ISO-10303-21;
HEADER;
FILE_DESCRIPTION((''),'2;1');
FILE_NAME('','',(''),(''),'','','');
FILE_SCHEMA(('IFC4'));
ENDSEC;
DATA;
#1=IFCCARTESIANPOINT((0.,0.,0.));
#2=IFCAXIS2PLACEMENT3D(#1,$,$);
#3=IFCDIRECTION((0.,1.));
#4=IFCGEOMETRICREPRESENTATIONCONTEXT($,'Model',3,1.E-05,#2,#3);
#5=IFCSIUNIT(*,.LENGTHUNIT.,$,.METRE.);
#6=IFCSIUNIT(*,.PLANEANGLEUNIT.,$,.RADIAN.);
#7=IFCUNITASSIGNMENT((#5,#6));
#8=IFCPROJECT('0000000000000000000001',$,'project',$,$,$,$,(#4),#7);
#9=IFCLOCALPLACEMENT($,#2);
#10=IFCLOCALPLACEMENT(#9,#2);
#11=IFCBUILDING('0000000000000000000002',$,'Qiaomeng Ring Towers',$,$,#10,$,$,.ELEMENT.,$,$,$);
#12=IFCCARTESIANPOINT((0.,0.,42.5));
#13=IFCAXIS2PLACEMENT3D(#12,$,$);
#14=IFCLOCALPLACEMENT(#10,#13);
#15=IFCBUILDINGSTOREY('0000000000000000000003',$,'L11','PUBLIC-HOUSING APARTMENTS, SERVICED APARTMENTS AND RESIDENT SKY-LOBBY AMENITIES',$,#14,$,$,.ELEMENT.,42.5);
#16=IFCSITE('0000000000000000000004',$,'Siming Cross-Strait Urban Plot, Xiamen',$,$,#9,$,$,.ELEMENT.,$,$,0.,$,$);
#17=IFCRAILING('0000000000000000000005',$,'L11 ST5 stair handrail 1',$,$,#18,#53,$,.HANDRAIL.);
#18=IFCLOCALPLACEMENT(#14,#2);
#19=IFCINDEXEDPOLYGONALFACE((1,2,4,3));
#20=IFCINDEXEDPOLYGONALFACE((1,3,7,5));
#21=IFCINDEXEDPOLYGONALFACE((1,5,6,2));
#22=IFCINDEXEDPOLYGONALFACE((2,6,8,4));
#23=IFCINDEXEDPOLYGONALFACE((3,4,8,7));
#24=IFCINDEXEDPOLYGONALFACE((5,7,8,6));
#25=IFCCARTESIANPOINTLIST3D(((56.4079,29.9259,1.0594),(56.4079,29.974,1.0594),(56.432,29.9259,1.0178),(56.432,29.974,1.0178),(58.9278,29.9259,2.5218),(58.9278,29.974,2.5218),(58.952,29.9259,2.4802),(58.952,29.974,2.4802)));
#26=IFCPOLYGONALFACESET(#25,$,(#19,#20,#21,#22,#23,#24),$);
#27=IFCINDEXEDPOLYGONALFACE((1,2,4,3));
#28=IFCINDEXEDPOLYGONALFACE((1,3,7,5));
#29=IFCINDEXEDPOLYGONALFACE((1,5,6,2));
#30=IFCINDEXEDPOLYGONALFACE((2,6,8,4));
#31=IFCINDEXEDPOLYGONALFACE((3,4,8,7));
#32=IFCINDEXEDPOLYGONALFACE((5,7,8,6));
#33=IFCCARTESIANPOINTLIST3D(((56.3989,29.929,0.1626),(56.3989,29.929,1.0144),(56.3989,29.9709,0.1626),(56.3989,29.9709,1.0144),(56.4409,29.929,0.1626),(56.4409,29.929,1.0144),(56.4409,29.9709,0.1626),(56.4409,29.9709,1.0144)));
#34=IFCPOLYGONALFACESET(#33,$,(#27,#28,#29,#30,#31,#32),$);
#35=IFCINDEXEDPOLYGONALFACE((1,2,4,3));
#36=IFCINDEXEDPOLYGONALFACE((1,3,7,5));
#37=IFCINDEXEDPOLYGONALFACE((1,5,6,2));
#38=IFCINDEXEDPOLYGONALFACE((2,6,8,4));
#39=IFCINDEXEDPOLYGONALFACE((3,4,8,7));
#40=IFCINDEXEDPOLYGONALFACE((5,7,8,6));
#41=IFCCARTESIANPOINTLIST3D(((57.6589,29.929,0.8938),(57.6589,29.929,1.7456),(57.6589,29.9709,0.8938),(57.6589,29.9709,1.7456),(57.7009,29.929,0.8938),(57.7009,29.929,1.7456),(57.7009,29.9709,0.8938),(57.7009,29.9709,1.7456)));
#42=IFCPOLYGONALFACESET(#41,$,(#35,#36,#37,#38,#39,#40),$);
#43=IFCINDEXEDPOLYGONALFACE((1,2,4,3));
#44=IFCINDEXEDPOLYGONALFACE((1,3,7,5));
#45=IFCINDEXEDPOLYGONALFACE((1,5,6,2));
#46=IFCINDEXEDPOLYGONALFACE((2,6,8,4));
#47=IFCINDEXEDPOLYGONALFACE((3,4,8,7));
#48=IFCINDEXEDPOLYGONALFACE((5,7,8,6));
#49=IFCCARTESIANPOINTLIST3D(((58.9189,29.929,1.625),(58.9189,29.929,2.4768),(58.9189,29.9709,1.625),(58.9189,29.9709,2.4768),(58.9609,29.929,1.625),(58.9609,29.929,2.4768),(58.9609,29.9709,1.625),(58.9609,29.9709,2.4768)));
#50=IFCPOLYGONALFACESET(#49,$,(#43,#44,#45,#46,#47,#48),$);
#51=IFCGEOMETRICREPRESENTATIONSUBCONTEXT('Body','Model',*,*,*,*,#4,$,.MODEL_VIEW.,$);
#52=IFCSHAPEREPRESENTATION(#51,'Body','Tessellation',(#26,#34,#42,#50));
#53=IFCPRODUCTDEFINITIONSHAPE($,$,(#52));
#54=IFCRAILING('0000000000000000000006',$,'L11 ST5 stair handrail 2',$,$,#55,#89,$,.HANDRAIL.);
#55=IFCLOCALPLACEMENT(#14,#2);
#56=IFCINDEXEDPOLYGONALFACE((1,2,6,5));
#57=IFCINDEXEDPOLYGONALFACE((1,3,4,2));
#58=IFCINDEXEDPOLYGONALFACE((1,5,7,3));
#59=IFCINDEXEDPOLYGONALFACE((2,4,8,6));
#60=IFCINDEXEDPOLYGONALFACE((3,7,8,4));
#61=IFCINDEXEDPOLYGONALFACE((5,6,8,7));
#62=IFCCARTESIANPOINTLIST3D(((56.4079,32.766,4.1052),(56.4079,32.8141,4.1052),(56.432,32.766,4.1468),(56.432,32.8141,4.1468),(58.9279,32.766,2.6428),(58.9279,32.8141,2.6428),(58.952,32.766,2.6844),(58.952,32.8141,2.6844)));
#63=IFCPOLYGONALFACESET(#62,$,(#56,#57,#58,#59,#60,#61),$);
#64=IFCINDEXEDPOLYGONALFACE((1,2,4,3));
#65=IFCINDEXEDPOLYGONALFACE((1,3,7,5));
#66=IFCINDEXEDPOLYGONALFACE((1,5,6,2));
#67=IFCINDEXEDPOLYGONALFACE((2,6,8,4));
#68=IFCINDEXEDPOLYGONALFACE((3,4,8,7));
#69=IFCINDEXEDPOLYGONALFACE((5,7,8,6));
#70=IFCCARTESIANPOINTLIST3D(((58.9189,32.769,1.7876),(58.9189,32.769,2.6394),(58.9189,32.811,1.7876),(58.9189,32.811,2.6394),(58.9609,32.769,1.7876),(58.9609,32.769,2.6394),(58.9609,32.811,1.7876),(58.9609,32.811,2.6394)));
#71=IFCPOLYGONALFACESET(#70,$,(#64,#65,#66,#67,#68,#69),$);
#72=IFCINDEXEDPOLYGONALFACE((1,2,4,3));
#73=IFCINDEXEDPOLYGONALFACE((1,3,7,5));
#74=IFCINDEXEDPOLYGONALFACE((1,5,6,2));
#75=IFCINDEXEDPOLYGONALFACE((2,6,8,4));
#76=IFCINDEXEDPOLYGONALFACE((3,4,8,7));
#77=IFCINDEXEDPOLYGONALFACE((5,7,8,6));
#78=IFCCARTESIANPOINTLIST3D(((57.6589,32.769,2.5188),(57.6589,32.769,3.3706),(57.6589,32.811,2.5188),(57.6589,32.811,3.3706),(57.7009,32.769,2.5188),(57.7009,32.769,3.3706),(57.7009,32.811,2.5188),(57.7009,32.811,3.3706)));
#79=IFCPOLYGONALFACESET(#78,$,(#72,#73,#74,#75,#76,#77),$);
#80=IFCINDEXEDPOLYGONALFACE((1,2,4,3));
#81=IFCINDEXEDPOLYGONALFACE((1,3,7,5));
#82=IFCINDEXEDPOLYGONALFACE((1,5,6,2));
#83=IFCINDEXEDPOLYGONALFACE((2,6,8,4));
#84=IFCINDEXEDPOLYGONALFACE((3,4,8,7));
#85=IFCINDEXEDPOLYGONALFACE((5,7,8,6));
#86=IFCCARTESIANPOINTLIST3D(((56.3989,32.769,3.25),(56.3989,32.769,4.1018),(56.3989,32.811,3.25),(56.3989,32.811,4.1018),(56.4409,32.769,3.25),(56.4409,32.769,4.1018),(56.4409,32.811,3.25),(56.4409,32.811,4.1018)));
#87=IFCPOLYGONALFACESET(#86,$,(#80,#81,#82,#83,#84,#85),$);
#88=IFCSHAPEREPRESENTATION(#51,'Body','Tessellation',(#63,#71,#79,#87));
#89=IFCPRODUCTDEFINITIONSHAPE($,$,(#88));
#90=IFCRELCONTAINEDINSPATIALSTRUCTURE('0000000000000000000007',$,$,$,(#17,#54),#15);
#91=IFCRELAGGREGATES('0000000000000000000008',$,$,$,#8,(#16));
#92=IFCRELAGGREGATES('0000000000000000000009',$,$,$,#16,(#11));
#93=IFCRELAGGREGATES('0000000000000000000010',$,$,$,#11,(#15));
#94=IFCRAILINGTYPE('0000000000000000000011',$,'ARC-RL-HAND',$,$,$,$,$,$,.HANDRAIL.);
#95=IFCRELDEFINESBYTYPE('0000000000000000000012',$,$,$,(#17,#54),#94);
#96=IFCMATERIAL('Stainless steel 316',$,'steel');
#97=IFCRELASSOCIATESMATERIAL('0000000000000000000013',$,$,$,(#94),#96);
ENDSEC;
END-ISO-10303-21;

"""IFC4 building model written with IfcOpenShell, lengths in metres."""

from ifc_helpers import new_model, si_unit, direction, frame, origin, origin_2d, place, context, subcontext, project, spatial, rectangle, extrude, material, type_object, element, save


model = new_model("IFC4")

# Units and contexts
model_context = context("Model", 3, precision=1e-05, world=origin(), true_north=direction((0.0, 1.0)))
body_context = subcontext(model_context, "Body", "Model", "MODEL_VIEW")
ifc_project = project(units=[si_unit("LENGTHUNIT", "METRE"), si_unit("PLANEANGLEUNIT", "RADIAN")], contexts=[model_context])

# Site, building, storey
site_placement = place(None, origin())
site = spatial("IfcSite", under=ifc_project, at=site_placement, Name="Siming Cross-Strait Urban Plot, Xiamen", CompositionType="ELEMENT", RefElevation=0.0)
building_placement = place(site_placement, origin())
building = spatial("IfcBuilding", under=site, at=building_placement, Name="Qiaomeng Ring Towers", CompositionType="ELEMENT")
storey_placement = place(building_placement, frame((0.0, 0.0, 42.5)))
storey = spatial("IfcBuildingStorey", under=building, at=storey_placement, Name="L11", Description="PUBLIC-HOUSING APARTMENTS, SERVICED APARTMENTS AND RESIDENT SKY-LOBBY AMENITIES", CompositionType="ELEMENT", Elevation=42.5)

# Shared definitions
ifc_material_1 = material(Name="Stainless steel 316", Category="steel")

# Railings
railing_type_1 = type_object("IfcRailingType", Name="ARC-RL-HAND", PredefinedType="HANDRAIL", material=ifc_material_1)
railing_1_placement = place(storey_placement, frame((56.4199, 29.95, 0.1626)))
element("IfcRailing", 1, at=railing_1_placement, inside=storey, type_object=railing_type_1, Name="L11 ST5 stair handrail 1", PredefinedType="HANDRAIL", context=body_context, shape_type="SweptSolid", body=[
    extrude(rectangle(XDim=0.0481, YDim=0.0481, at=origin_2d()), frame((0.0, 0.0, 0.876), z_axis=(0.864913, 0.0, 0.501921), x_axis=(0.0, 1.0, 0.0)), (0.0, 0.0, 1.0), 2.9136),
    extrude(rectangle(XDim=0.042, YDim=0.042, at=origin_2d()), origin(), (0.0, 0.0, 1.0), 0.8518),
    extrude(rectangle(XDim=0.042, YDim=0.042, at=origin_2d()), frame((1.26, 0.0, 0.7312)), (0.0, 0.0, 1.0), 0.8518),
    extrude(rectangle(XDim=0.042, YDim=0.042, at=origin_2d()), frame((2.52, 0.0, 1.4624)), (0.0, 0.0, 1.0), 0.8518),
])
railing_2_placement = place(storey_placement, frame((58.9399, 32.79, 1.7876)))
element("IfcRailing", 2, at=railing_2_placement, inside=storey, type_object=railing_type_1, Name="L11 ST5 stair handrail 2", PredefinedType="HANDRAIL", context=body_context, shape_type="SweptSolid", body=[
    extrude(rectangle(XDim=0.0481, YDim=0.0481, at=origin_2d()), frame((0.0, 0.0, 0.876), z_axis=(-0.864913, 0.0, 0.501921), x_axis=(0.0, -1.0, 0.0)), (0.0, 0.0, 1.0), 2.9136),
    extrude(rectangle(XDim=0.042, YDim=0.042, at=origin_2d()), origin(), (0.0, 0.0, 1.0), 0.8518),
    extrude(rectangle(XDim=0.042, YDim=0.042, at=origin_2d()), frame((-1.26, 0.0, 0.7312)), (0.0, 0.0, 1.0), 0.8518),
    extrude(rectangle(XDim=0.042, YDim=0.042, at=origin_2d()), frame((-2.52, 0.0, 1.4624)), (0.0, 0.0, 1.0), 0.8518),
])

save(model, "model.ifc")
